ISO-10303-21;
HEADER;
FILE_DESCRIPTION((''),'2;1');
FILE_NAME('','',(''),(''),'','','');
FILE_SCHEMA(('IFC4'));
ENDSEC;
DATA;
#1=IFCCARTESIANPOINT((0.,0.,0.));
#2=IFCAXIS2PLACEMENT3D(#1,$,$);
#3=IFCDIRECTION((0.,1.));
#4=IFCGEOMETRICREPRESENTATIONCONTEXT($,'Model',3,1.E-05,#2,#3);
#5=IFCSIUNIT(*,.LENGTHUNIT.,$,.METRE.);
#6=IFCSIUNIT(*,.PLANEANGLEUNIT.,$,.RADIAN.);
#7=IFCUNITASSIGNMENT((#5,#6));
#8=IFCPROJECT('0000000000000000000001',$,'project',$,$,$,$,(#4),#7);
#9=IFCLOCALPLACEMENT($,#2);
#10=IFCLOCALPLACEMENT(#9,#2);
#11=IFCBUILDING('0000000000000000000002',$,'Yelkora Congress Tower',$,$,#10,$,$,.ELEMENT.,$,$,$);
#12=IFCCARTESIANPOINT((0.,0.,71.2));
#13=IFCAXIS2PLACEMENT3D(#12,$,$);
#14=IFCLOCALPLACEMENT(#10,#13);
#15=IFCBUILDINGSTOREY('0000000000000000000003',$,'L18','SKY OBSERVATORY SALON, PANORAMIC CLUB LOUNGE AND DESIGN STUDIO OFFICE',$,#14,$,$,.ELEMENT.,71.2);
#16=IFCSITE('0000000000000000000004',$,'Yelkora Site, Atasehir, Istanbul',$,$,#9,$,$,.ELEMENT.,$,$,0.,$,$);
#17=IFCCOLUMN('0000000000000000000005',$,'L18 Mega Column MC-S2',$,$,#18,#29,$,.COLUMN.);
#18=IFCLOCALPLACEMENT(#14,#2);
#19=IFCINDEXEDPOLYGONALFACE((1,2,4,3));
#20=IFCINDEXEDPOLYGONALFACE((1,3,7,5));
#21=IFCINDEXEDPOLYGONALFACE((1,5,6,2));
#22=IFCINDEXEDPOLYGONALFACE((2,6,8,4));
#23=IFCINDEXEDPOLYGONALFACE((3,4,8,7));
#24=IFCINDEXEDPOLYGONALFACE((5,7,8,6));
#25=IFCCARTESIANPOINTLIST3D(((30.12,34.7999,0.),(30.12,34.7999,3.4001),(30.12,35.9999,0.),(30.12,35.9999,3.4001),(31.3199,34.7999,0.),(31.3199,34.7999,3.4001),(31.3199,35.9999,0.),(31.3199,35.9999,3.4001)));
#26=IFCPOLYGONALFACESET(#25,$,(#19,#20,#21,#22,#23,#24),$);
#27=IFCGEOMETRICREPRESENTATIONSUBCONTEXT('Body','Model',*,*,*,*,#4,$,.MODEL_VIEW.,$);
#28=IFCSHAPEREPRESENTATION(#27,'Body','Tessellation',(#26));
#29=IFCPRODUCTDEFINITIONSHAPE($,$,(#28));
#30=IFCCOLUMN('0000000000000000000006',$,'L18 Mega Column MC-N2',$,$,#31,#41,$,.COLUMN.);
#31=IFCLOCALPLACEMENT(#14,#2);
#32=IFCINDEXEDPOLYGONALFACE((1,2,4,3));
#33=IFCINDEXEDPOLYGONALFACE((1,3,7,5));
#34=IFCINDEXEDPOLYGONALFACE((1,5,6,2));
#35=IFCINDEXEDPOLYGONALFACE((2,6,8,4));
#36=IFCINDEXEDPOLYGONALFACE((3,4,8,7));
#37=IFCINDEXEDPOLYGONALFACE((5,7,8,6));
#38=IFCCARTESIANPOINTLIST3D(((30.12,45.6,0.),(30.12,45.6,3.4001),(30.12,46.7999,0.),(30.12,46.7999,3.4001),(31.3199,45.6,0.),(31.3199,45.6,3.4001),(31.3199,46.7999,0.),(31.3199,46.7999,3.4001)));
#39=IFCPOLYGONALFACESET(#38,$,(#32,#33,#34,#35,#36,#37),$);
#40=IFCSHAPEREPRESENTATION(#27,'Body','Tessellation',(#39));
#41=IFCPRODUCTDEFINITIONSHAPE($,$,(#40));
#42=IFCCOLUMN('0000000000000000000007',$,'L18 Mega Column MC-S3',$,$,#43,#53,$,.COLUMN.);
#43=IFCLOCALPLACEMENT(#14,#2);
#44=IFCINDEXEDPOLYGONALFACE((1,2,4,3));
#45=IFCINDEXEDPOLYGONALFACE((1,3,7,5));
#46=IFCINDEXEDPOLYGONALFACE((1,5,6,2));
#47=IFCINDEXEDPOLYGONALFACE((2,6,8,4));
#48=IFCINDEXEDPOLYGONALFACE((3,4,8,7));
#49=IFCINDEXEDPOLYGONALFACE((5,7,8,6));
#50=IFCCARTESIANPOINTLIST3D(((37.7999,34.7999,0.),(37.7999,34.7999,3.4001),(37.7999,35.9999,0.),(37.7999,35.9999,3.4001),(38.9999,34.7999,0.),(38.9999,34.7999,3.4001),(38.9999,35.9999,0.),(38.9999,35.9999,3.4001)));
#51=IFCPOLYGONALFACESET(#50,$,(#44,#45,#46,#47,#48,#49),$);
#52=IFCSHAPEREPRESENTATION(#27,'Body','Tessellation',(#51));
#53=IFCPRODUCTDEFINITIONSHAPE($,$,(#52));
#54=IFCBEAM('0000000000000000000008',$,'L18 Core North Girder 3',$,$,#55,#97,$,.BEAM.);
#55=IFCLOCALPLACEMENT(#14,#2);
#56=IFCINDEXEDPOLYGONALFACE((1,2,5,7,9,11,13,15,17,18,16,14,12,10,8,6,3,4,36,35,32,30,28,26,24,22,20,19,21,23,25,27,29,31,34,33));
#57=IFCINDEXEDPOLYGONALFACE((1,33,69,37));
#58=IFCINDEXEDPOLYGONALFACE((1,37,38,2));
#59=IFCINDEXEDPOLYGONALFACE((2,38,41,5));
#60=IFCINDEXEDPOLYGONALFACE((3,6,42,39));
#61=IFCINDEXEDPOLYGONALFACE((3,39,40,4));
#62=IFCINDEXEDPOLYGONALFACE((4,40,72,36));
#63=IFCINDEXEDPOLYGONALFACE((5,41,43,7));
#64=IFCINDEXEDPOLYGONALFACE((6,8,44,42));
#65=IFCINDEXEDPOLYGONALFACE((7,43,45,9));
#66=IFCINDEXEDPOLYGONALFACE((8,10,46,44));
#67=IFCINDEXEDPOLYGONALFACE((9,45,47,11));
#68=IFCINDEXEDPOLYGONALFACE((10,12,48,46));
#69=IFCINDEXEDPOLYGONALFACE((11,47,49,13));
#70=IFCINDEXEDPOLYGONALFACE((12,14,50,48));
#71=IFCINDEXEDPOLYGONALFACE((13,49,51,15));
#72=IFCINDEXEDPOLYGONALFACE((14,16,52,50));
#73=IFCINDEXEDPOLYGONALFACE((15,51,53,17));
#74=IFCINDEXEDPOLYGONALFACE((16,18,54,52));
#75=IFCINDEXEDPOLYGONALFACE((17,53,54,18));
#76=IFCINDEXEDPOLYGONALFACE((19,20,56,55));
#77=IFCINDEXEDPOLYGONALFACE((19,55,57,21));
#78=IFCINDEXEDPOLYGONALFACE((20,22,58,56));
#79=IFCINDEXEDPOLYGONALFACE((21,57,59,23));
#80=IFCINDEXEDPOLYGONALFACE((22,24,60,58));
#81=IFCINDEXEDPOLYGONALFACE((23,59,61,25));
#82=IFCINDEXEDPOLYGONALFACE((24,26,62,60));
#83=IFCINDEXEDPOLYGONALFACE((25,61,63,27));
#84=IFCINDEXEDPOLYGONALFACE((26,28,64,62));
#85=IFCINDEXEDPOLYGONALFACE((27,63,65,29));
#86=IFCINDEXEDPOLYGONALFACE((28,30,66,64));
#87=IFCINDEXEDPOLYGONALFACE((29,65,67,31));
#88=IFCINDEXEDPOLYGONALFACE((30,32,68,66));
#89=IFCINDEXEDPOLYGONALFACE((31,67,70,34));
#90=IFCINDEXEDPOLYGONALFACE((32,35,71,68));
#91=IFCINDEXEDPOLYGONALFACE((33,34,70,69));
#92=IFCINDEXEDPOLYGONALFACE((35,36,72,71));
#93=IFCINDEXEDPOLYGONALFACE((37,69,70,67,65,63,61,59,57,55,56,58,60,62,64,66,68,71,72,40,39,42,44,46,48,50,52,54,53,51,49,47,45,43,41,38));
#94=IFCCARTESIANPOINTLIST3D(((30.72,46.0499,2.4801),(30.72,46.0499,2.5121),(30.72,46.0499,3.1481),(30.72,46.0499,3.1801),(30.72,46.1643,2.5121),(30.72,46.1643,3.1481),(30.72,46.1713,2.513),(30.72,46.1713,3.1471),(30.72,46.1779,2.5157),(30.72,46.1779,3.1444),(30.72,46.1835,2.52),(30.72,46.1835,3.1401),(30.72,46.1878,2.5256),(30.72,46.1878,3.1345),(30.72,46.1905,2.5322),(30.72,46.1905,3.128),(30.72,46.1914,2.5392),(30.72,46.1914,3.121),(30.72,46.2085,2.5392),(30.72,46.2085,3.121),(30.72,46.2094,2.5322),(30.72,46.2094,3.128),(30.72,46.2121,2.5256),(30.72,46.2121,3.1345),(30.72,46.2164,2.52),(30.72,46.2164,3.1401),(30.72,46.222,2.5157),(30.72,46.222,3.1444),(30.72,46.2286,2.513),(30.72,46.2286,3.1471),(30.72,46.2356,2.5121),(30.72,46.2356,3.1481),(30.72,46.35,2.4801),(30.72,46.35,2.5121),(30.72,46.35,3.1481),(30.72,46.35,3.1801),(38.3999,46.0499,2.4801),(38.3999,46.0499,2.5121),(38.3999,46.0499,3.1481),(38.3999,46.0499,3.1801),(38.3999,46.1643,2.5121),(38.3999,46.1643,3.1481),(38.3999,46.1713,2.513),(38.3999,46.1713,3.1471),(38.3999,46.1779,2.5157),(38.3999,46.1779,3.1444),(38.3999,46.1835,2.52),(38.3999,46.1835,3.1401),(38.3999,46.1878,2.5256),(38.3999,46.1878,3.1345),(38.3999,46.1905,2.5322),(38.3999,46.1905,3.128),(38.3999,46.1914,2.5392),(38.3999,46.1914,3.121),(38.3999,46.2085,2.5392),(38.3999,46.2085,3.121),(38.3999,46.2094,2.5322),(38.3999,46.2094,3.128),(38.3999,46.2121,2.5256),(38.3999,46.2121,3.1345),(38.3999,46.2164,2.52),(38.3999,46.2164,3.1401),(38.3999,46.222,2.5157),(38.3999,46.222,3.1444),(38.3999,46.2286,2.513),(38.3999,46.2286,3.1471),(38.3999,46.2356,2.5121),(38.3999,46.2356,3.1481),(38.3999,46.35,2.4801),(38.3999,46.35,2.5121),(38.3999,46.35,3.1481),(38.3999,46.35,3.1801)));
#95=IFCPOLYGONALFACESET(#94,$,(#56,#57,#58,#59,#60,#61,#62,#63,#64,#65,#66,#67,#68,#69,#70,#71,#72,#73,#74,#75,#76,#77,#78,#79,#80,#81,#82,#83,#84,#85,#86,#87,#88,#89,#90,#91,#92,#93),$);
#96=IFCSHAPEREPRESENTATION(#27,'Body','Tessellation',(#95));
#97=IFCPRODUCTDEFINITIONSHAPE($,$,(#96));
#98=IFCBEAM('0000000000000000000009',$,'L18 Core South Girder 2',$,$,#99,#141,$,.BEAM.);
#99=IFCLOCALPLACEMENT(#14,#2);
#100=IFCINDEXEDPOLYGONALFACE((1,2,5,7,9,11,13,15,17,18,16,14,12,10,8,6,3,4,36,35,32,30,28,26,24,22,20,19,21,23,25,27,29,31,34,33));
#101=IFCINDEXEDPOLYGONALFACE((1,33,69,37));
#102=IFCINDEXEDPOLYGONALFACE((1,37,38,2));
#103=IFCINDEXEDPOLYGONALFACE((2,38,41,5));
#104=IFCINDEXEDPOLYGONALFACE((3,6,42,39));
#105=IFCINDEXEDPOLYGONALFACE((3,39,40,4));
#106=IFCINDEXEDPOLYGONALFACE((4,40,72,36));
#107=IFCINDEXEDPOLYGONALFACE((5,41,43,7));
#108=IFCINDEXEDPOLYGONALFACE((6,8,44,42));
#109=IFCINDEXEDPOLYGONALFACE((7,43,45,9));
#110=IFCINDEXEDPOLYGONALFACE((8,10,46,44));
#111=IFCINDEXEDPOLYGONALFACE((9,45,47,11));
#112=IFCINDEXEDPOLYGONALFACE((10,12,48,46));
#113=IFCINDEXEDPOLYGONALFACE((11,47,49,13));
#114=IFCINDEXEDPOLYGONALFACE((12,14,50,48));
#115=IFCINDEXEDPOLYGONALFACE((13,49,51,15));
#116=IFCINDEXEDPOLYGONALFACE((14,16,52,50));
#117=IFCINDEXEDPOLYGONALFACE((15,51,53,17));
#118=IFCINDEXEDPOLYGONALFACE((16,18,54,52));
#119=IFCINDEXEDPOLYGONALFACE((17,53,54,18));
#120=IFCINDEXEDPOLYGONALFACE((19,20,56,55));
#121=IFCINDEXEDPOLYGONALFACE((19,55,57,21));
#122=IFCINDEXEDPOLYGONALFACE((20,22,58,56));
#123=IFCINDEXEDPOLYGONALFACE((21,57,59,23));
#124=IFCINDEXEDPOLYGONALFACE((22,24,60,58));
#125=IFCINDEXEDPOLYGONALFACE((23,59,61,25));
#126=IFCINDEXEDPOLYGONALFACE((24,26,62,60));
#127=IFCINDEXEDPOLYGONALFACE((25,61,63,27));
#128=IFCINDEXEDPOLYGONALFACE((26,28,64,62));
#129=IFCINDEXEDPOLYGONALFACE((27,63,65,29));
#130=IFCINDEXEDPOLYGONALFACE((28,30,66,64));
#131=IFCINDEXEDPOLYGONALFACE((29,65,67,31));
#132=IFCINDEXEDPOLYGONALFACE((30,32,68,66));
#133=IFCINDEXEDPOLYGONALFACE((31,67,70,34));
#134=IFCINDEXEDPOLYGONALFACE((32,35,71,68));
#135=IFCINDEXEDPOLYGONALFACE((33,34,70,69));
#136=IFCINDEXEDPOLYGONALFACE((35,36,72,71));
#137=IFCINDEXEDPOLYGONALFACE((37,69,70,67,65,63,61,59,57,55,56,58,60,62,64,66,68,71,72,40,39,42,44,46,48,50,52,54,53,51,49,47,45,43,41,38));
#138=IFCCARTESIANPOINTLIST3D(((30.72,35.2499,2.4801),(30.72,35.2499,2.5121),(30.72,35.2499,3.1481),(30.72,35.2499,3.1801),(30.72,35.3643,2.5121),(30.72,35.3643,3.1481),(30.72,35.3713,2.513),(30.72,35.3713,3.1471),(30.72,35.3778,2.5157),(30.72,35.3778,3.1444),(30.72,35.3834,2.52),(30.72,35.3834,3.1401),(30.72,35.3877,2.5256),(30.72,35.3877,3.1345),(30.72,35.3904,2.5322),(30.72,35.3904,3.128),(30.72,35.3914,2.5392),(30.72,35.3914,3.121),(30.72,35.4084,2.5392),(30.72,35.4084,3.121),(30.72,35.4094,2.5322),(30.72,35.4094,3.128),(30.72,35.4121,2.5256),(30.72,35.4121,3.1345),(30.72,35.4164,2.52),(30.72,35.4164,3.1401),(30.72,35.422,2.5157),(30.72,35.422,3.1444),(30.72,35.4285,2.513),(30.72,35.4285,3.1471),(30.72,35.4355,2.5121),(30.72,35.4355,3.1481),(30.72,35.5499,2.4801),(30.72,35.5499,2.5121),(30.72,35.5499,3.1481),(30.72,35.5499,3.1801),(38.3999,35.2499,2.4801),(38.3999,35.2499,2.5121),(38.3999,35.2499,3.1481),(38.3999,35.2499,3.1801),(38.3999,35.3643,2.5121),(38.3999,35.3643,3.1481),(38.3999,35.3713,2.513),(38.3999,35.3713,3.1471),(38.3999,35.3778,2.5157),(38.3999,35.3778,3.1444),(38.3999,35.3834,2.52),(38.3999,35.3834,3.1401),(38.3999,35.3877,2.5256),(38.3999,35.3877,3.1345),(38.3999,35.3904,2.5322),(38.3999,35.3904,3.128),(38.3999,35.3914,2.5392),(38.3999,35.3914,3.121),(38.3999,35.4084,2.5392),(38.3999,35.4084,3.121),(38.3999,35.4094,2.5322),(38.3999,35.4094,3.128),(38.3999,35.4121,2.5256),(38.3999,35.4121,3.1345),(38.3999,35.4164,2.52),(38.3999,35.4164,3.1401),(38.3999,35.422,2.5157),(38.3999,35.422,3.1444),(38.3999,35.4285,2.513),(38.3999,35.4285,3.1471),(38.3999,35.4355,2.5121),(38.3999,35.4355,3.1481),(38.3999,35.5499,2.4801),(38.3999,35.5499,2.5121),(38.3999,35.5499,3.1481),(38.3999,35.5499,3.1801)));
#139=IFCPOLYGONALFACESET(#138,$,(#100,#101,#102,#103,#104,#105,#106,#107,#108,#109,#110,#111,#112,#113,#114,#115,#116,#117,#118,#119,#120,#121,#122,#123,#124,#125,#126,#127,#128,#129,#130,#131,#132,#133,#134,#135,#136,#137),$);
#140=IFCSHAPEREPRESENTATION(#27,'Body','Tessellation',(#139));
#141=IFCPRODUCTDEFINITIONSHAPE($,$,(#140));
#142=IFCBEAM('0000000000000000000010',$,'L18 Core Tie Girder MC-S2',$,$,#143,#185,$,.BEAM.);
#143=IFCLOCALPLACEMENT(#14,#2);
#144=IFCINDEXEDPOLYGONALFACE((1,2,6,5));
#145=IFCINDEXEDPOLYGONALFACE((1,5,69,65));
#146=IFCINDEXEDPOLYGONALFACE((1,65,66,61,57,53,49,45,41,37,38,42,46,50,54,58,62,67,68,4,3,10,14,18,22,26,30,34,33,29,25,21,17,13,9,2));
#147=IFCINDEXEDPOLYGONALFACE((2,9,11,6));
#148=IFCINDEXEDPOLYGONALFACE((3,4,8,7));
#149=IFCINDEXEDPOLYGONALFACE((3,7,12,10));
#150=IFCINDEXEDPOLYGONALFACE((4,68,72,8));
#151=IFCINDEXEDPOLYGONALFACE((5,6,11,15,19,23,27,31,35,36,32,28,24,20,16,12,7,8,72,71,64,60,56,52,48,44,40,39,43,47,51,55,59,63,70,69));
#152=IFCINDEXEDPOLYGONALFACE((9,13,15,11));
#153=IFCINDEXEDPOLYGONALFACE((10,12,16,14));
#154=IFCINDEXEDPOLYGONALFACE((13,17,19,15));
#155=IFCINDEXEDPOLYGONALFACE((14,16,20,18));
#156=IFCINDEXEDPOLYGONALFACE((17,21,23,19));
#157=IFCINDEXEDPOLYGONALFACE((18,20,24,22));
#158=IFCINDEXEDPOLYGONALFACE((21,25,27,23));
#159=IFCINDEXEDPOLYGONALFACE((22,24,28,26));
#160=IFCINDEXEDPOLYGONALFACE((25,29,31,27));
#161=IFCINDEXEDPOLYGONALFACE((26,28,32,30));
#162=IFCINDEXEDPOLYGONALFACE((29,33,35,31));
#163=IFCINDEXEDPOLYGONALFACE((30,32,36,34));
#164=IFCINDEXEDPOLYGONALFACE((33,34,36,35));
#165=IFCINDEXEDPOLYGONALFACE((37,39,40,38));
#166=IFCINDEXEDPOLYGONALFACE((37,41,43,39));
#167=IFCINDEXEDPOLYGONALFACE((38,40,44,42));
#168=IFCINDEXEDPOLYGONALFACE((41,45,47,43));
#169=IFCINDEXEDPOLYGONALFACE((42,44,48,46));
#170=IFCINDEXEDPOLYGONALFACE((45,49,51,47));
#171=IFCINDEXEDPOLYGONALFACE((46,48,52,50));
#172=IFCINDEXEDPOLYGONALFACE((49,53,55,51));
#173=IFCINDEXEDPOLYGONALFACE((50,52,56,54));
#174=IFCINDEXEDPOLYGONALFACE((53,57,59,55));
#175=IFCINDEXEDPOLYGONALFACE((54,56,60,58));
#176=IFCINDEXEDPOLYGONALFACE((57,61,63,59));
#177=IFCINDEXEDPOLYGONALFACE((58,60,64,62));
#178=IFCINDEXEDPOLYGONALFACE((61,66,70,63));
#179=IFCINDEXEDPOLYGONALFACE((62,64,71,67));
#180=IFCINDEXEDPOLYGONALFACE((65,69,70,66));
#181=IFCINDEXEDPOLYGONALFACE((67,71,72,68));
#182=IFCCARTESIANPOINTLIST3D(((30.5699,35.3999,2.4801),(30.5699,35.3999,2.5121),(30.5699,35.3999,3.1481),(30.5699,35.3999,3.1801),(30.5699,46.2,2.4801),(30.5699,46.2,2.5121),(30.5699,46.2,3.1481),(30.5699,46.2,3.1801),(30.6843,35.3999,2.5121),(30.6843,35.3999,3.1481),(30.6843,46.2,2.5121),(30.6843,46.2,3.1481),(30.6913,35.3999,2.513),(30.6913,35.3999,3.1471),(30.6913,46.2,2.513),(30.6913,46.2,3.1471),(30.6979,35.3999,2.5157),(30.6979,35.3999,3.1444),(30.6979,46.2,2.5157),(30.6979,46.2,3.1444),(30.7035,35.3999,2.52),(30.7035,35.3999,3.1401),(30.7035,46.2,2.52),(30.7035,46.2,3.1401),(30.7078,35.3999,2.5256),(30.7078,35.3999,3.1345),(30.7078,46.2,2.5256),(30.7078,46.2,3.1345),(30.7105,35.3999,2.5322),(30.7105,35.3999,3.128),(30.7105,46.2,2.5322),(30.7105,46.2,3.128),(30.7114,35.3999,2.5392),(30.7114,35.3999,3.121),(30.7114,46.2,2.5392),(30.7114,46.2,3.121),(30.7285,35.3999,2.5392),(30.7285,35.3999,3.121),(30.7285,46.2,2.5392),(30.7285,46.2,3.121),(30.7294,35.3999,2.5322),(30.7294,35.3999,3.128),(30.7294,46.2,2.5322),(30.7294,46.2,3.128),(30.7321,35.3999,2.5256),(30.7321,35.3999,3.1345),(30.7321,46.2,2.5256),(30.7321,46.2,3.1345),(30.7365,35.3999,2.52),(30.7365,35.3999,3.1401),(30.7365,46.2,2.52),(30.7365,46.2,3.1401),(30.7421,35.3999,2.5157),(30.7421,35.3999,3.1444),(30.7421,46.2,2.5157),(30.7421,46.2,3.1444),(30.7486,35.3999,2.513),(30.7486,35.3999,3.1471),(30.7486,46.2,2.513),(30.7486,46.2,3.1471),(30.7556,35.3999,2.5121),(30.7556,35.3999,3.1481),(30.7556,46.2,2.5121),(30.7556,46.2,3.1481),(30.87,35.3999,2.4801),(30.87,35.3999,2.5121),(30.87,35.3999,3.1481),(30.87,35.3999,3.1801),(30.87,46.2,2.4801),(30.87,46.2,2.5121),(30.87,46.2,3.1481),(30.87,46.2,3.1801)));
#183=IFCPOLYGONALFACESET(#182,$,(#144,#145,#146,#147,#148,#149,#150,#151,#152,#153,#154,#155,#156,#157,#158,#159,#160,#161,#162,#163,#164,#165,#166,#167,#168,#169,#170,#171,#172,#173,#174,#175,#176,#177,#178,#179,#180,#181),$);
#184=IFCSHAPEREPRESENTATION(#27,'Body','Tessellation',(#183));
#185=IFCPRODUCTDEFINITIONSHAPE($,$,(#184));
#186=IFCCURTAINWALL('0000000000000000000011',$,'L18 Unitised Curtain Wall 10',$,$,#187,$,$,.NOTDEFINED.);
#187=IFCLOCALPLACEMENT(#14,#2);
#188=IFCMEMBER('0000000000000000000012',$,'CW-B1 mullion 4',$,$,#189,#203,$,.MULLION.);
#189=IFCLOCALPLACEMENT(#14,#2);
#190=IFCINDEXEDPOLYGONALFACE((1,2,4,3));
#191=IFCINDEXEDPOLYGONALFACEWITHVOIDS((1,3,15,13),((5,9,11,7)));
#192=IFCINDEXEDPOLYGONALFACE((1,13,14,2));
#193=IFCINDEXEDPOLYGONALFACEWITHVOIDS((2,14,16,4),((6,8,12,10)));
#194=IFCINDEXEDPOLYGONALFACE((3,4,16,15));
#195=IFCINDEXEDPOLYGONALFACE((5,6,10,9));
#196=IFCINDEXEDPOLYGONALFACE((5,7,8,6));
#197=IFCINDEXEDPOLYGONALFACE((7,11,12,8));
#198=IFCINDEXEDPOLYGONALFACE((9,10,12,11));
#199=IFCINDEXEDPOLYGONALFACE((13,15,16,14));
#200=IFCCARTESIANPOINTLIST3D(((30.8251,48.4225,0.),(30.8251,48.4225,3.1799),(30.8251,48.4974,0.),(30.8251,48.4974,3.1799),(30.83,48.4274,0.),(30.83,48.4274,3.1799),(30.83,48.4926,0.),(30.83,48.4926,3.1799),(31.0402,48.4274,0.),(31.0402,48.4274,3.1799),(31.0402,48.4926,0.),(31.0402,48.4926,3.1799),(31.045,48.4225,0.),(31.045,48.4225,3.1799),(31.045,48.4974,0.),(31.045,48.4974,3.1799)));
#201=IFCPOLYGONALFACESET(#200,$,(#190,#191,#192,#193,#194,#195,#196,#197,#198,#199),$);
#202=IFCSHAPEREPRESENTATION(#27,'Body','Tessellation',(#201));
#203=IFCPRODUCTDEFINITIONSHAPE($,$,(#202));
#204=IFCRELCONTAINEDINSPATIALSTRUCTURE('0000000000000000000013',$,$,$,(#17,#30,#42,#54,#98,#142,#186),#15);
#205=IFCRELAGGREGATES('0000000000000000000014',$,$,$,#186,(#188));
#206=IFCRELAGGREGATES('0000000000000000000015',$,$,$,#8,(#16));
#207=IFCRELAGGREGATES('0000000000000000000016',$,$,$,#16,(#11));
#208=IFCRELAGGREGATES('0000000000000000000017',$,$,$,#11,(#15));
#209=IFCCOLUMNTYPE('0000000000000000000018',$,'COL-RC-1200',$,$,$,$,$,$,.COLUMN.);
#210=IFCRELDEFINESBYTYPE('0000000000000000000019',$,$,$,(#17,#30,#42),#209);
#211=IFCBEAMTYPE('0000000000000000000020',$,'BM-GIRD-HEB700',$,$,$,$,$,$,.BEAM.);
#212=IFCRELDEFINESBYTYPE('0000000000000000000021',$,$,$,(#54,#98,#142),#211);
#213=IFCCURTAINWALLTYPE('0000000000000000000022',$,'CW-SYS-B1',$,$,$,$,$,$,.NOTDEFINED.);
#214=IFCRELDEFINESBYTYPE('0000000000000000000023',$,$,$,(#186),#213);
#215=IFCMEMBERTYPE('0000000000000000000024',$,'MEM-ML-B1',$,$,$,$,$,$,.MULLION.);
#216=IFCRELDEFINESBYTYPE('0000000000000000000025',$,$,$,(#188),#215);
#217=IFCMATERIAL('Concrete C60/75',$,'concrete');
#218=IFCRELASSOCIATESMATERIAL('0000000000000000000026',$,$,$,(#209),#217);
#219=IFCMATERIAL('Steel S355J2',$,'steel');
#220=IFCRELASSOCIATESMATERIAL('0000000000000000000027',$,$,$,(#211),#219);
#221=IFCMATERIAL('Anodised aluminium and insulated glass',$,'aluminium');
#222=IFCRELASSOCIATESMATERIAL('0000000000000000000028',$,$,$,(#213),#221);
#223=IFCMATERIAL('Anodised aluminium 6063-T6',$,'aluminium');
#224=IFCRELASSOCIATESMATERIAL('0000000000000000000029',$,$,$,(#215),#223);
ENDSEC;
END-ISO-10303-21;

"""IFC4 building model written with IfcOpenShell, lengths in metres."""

from ifc_helpers import new_model, si_unit, direction, frame, origin, origin_2d, place, context, subcontext, project, spatial, rectangle, hollow_rectangle, i_section, extrude, material, material_profile, profile_set, type_object, element, aggregate, save


model = new_model("IFC4")

# Units and contexts
model_context = context("Model", 3, precision=1e-05, world=origin(), true_north=direction((0.0, 1.0)))
body_context = subcontext(model_context, "Body", "Model", "MODEL_VIEW")
ifc_project = project(units=[si_unit("LENGTHUNIT", "METRE"), si_unit("PLANEANGLEUNIT", "RADIAN")], contexts=[model_context])

# Site, building, storey
site_placement = place(None, origin())
site = spatial("IfcSite", under=ifc_project, at=site_placement, Name="Yelkora Site, Atasehir, Istanbul", CompositionType="ELEMENT", RefElevation=0.0)
building_placement = place(site_placement, origin())
building = spatial("IfcBuilding", under=site, at=building_placement, Name="Yelkora Congress Tower", CompositionType="ELEMENT")
storey_placement = place(building_placement, frame((0.0, 0.0, 71.2)))
storey = spatial("IfcBuildingStorey", under=building, at=storey_placement, Name="L18", Description="SKY OBSERVATORY SALON, PANORAMIC CLUB LOUNGE AND DESIGN STUDIO OFFICE", CompositionType="ELEMENT", Elevation=71.2)

# Columns
ifc_material_1 = material(Name="Concrete C60/75", Category="concrete")
ifc_material_profile_1 = material_profile(ifc_material_1, rectangle(XDim=1.2, YDim=1.2, at=origin_2d()), Name="RC 1200x1200")
ifc_profile_set_1 = profile_set([ifc_material_profile_1], Name="Concrete C60/75")
column_type = type_object("IfcColumnType", Name="COL-RC-1200", PredefinedType="COLUMN", material=ifc_profile_set_1)
for number, where, z_axis, x_axis, name in (
    (1, (30.72, 35.3999, 0.0), (0.0, 0.0, 1.0), (1.0, 0.0, 0.0), "L18 Mega Column MC-S2"),
    (2, (30.72, 46.2, 0.0), (0.0, 0.0, 1.0), (1.0, 0.0, 0.0), "L18 Mega Column MC-N2"),
    (3, (38.3999, 35.3999, 0.0), (0.0, 0.0, 1.0), (1.0, 0.0, 0.0), "L18 Mega Column MC-S3"),
):
    element("IfcColumn", number, at=place(storey_placement, frame(where, z_axis=z_axis, x_axis=x_axis)), inside=storey, type_object=column_type, Name=name, PredefinedType="COLUMN", context=body_context, shape_type="SweptSolid", body=[
        extrude(rectangle(XDim=1.2, YDim=1.2, at=origin_2d()), origin(), (0.0, 0.0, 1.0), 3.4001),
    ])

# Beams
ifc_material_2 = material(Name="Steel S355J2", Category="steel")
ifc_material_profile_2 = material_profile(ifc_material_2, i_section(OverallWidth=0.3, OverallDepth=0.7, WebThickness=0.0171, FlangeThickness=0.032, FilletRadius=0.0271, at=origin_2d()), Name="HEB 700")
ifc_profile_set_2 = profile_set([ifc_material_profile_2], Name="Steel S355J2")
beam_type = type_object("IfcBeamType", Name="BM-GIRD-HEB700", PredefinedType="BEAM", material=ifc_profile_set_2)
for number, where, z_axis, x_axis, name in (
    (4, (30.72, 46.2, 2.8301), (1.0, 0.0, 0.0), (0.0, 1.0, 0.0), "L18 Core North Girder 3"),
    (5, (30.72, 35.3999, 2.8301), (1.0, 0.0, 0.0), (0.0, 1.0, 0.0), "L18 Core South Girder 2"),
):
    element("IfcBeam", number, at=place(storey_placement, frame(where, z_axis=z_axis, x_axis=x_axis)), inside=storey, type_object=beam_type, Name=name, PredefinedType="BEAM", context=body_context, shape_type="SweptSolid", body=[
        extrude(i_section(OverallWidth=0.3, OverallDepth=0.7, WebThickness=0.0171, FlangeThickness=0.032, FilletRadius=0.0271, at=origin_2d()), origin(), (0.0, 0.0, 1.0), 7.6799),
    ])
beam_placement = place(storey_placement, frame((30.72, 35.3999, 2.8301), z_axis=(0.0, 1.0, 0.0), x_axis=(-1.0, 0.0, 0.0)))
element("IfcBeam", 6, at=beam_placement, inside=storey, type_object=beam_type, Name="L18 Core Tie Girder MC-S2", PredefinedType="BEAM", context=body_context, shape_type="SweptSolid", body=[
    extrude(i_section(OverallWidth=0.3, OverallDepth=0.7, WebThickness=0.0171, FlangeThickness=0.032, FilletRadius=0.0271, at=origin_2d()), origin(), (0.0, 0.0, 1.0), 10.8),
])

# Curtain wall, member
ifc_material_3 = material(Name="Anodised aluminium and insulated glass", Category="aluminium")
curtain_wall_type = type_object("IfcCurtainWallType", Name="CW-SYS-B1", PredefinedType="NOTDEFINED", material=ifc_material_3)
curtain_wall_placement = place(storey_placement, origin())
curtain_wall = element("IfcCurtainWall", 7, at=curtain_wall_placement, inside=storey, type_object=curtain_wall_type, Name="L18 Unitised Curtain Wall 10", PredefinedType="NOTDEFINED")
ifc_material_4 = material(Name="Anodised aluminium 6063-T6", Category="aluminium")
ifc_material_profile_3 = material_profile(ifc_material_4, hollow_rectangle(XDim=0.075, YDim=0.22, WallThickness=0.0049, at=origin_2d()), Name="ALU 75x220x5")
ifc_profile_set_3 = profile_set([ifc_material_profile_3], Name="Anodised aluminium 6063-T6")
member_type_1 = type_object("IfcMemberType", Name="MEM-ML-B1", PredefinedType="MULLION", material=ifc_profile_set_3)
member_1_placement = place(storey_placement, frame((30.9351, 48.46, 0.0), z_axis=(0.0, 0.0, 1.0), x_axis=(0.0, 1.0, 0.0)))
member_1 = element("IfcMember", 8, at=member_1_placement, type_object=member_type_1, Name="CW-B1 mullion 4", PredefinedType="MULLION", context=body_context, shape_type="SweptSolid", body=[
    extrude(hollow_rectangle(XDim=0.075, YDim=0.22, WallThickness=0.0049, at=origin_2d()), origin(), (0.0, 0.0, 1.0), 3.1799),
])
aggregate(curtain_wall, [member_1])

save(model, "model.ifc")
